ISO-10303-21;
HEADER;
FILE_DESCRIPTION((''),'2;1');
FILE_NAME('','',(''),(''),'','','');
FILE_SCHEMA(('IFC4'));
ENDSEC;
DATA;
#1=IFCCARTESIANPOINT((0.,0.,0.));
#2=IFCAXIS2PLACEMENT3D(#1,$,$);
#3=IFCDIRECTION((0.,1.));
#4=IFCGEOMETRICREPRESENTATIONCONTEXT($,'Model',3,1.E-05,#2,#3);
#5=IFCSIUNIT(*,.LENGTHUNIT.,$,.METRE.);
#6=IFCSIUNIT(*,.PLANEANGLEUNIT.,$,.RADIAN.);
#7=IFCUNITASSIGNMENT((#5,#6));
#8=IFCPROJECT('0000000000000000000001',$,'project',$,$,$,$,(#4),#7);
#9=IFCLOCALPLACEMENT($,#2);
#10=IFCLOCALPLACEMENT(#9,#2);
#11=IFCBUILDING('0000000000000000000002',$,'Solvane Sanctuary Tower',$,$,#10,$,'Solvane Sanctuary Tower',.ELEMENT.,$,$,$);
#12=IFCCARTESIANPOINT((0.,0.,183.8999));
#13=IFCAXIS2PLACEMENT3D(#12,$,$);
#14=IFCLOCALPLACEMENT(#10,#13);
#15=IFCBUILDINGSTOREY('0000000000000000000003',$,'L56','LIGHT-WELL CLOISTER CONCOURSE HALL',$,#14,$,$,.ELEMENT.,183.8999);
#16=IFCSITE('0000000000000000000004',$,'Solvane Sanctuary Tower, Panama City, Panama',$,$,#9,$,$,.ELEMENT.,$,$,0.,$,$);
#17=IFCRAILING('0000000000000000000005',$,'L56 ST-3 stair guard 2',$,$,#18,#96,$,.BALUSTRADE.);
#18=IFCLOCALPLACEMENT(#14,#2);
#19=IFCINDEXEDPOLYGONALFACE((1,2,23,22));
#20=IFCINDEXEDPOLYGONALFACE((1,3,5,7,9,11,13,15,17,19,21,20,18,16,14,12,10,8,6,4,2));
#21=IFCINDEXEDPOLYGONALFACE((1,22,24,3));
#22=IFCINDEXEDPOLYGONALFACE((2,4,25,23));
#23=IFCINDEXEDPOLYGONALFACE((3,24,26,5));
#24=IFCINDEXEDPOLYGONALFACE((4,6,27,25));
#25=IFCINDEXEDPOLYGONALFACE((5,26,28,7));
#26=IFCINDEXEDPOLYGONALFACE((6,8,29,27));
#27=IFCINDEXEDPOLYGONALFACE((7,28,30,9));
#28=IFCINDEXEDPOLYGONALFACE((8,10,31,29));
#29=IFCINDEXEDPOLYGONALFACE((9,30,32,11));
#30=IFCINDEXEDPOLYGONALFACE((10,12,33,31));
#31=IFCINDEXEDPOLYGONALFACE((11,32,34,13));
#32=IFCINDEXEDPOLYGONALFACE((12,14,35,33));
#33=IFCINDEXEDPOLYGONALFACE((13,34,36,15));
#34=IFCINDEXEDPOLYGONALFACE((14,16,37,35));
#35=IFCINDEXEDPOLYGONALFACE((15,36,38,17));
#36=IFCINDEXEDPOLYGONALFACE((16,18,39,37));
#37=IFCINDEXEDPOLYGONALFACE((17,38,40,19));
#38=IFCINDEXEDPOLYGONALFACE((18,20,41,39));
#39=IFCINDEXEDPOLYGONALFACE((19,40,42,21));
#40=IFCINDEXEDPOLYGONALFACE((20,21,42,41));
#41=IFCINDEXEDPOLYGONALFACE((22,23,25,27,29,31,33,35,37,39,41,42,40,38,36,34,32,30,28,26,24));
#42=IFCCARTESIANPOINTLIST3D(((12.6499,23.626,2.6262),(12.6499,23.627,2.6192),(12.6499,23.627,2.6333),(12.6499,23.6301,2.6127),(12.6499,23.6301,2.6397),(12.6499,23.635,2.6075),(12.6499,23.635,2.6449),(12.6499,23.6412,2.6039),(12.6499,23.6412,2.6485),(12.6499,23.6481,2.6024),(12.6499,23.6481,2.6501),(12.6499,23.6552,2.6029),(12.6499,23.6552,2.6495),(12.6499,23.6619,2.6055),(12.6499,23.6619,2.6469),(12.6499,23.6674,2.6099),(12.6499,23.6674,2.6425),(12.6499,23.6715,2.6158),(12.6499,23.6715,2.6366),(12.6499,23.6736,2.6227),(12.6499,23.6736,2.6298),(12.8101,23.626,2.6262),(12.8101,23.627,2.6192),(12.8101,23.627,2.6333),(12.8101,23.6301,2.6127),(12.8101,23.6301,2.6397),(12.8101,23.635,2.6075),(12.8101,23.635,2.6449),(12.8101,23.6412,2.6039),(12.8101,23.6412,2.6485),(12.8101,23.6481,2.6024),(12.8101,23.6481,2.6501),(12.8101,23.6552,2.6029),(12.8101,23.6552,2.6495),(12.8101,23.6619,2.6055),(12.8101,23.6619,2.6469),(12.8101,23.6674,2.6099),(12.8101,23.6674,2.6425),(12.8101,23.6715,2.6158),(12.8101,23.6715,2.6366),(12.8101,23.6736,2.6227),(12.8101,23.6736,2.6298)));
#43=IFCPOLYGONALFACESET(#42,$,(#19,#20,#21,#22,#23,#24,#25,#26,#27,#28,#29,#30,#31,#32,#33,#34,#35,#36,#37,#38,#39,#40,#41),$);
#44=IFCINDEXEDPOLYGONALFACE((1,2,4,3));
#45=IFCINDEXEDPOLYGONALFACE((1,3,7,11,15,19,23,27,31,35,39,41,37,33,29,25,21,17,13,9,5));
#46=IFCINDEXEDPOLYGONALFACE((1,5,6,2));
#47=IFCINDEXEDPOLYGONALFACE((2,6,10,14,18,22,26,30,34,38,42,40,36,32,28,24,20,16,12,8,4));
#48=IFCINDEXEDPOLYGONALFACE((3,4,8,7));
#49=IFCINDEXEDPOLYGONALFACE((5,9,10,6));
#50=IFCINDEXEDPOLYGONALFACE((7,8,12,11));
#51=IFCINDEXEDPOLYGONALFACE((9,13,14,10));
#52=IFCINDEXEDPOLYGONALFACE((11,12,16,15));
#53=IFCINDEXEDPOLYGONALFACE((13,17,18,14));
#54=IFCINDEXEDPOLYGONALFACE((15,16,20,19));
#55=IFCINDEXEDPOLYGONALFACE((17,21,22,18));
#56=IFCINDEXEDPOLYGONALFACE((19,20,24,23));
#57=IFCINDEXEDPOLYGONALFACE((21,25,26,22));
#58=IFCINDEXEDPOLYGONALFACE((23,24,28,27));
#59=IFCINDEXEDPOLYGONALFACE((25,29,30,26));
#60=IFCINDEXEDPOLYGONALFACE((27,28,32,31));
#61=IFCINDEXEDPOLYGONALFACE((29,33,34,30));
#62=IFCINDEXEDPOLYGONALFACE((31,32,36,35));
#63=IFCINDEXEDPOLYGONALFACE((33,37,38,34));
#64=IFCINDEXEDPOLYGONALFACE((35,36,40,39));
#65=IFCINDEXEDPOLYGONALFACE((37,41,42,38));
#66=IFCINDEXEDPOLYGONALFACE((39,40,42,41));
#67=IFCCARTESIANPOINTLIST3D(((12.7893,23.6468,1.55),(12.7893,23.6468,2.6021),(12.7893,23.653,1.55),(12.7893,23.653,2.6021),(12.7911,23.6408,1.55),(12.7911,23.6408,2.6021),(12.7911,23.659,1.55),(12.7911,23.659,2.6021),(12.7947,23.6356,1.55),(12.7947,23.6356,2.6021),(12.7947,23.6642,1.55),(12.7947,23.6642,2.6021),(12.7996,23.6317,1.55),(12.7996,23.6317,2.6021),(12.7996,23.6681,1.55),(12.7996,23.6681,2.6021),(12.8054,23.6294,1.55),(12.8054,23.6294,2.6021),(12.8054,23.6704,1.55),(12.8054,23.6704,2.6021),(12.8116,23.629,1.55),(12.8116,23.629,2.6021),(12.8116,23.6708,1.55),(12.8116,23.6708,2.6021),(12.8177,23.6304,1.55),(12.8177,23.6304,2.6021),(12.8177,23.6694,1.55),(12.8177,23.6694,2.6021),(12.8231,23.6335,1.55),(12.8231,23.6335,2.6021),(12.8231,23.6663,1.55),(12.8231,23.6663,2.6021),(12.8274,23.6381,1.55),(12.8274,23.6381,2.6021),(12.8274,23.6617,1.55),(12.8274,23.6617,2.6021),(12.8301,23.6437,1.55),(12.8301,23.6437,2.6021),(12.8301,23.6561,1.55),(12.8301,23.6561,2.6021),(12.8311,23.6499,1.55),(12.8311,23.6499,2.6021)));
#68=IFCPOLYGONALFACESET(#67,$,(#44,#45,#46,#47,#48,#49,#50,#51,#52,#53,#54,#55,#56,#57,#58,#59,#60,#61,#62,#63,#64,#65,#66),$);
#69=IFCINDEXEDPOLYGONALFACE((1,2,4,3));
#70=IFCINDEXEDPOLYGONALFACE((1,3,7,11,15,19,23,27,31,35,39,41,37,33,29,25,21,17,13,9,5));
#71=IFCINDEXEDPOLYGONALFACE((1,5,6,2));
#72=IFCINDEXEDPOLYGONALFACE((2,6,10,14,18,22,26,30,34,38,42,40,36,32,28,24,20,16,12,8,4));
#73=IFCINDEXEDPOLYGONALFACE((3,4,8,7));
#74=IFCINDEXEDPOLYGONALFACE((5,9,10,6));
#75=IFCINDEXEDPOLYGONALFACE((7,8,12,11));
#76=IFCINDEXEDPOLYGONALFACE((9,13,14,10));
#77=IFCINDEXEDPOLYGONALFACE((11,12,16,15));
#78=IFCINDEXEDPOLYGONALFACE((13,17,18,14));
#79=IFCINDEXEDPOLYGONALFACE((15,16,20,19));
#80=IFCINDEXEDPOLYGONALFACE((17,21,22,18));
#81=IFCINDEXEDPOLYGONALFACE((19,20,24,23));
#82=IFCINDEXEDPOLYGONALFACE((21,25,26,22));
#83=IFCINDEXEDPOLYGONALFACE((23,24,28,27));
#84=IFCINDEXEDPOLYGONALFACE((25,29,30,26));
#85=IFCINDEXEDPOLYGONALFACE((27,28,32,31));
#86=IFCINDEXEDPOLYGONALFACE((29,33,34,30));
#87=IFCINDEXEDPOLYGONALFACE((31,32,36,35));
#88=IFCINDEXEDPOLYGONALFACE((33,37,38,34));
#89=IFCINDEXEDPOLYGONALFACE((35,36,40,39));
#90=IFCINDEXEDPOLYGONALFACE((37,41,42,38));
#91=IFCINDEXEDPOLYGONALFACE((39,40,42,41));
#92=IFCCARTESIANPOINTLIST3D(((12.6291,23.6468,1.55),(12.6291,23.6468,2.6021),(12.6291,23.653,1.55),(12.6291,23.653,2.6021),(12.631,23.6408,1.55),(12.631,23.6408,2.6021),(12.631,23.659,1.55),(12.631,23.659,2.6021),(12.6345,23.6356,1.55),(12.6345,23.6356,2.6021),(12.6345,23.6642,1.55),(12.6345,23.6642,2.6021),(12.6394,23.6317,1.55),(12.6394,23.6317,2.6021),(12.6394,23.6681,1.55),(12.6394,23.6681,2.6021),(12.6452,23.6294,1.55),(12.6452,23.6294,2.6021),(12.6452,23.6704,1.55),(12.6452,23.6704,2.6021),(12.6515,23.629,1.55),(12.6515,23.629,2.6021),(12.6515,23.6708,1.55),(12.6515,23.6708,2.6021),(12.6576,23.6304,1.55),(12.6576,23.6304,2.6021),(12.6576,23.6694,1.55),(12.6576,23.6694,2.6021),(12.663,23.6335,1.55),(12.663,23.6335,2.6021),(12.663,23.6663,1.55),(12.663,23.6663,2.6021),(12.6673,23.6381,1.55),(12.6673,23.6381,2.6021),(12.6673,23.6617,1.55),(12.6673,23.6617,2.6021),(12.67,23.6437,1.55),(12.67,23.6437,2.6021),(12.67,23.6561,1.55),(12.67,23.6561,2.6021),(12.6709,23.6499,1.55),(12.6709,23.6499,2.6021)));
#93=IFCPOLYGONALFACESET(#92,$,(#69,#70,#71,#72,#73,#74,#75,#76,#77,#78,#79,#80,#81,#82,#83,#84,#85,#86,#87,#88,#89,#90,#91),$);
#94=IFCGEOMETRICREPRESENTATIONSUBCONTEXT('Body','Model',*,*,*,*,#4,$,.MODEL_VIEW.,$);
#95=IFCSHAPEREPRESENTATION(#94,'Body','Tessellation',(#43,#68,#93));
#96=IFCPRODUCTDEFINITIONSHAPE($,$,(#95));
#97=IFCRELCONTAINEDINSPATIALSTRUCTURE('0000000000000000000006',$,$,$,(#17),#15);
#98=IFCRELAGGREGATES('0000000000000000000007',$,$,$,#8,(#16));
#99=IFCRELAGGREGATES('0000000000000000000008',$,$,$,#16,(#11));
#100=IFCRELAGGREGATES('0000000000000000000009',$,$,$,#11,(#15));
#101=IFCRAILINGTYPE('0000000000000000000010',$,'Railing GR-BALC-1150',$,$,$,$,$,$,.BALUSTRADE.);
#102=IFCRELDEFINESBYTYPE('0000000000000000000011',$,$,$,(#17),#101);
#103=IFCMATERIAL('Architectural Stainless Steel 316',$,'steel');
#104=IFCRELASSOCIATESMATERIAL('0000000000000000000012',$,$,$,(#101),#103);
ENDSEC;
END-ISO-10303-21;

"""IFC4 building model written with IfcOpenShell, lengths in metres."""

from ifc_helpers import new_model, si_unit, direction, frame, origin, origin_2d, place, context, subcontext, project, spatial, circle, extrude, material, type_object, element, save


model = new_model("IFC4")

# Units and contexts
model_context = context("Model", 3, precision=1e-05, world=origin(), true_north=direction((0.0, 1.0)))
body_context = subcontext(model_context, "Body", "Model", "MODEL_VIEW")
ifc_project = project(units=[si_unit("LENGTHUNIT", "METRE"), si_unit("PLANEANGLEUNIT", "RADIAN")], contexts=[model_context])

# Site, building, storey
site_placement = place(None, origin())
site = spatial("IfcSite", under=ifc_project, at=site_placement, Name="Solvane Sanctuary Tower, Panama City, Panama", CompositionType="ELEMENT", RefElevation=0.0)
building_placement = place(site_placement, origin())
building = spatial("IfcBuilding", under=site, at=building_placement, Name="Solvane Sanctuary Tower", LongName="Solvane Sanctuary Tower", CompositionType="ELEMENT")
storey_placement = place(building_placement, frame((0.0, 0.0, 183.8999)))
storey = spatial("IfcBuildingStorey", under=building, at=storey_placement, Name="L56", Description="LIGHT-WELL CLOISTER CONCOURSE HALL", CompositionType="ELEMENT", Elevation=183.8999)

# Railing
ifc_material_1 = material(Name="Architectural Stainless Steel 316", Category="steel")
railing_type_1 = type_object("IfcRailingType", Name="Railing GR-BALC-1150", PredefinedType="BALUSTRADE", material=ifc_material_1)
railing_1_placement = place(storey_placement, frame((12.8101, 23.6499, 1.55)))
element("IfcRailing", 1, at=railing_1_placement, inside=storey, type_object=railing_type_1, Name="L56 ST-3 stair guard 2", PredefinedType="BALUSTRADE", context=body_context, shape_type="SweptSolid", body=[
    extrude(circle(Radius=0.0239, at=origin_2d()), frame((0.0, 0.0, 1.0762), z_axis=(-1.0, 0.0, 0.0), x_axis=(0.0, -1.0, 0.0)), (0.0, 0.0, 1.0), 0.1602),
    extrude(circle(Radius=0.021, at=origin_2d()), origin(), (0.0, 0.0, 1.0), 1.052),
    extrude(circle(Radius=0.021, at=origin_2d()), frame((-0.1602, 0.0, 0.0)), (0.0, 0.0, 1.0), 1.052),
])

save(model, "model.ifc")
